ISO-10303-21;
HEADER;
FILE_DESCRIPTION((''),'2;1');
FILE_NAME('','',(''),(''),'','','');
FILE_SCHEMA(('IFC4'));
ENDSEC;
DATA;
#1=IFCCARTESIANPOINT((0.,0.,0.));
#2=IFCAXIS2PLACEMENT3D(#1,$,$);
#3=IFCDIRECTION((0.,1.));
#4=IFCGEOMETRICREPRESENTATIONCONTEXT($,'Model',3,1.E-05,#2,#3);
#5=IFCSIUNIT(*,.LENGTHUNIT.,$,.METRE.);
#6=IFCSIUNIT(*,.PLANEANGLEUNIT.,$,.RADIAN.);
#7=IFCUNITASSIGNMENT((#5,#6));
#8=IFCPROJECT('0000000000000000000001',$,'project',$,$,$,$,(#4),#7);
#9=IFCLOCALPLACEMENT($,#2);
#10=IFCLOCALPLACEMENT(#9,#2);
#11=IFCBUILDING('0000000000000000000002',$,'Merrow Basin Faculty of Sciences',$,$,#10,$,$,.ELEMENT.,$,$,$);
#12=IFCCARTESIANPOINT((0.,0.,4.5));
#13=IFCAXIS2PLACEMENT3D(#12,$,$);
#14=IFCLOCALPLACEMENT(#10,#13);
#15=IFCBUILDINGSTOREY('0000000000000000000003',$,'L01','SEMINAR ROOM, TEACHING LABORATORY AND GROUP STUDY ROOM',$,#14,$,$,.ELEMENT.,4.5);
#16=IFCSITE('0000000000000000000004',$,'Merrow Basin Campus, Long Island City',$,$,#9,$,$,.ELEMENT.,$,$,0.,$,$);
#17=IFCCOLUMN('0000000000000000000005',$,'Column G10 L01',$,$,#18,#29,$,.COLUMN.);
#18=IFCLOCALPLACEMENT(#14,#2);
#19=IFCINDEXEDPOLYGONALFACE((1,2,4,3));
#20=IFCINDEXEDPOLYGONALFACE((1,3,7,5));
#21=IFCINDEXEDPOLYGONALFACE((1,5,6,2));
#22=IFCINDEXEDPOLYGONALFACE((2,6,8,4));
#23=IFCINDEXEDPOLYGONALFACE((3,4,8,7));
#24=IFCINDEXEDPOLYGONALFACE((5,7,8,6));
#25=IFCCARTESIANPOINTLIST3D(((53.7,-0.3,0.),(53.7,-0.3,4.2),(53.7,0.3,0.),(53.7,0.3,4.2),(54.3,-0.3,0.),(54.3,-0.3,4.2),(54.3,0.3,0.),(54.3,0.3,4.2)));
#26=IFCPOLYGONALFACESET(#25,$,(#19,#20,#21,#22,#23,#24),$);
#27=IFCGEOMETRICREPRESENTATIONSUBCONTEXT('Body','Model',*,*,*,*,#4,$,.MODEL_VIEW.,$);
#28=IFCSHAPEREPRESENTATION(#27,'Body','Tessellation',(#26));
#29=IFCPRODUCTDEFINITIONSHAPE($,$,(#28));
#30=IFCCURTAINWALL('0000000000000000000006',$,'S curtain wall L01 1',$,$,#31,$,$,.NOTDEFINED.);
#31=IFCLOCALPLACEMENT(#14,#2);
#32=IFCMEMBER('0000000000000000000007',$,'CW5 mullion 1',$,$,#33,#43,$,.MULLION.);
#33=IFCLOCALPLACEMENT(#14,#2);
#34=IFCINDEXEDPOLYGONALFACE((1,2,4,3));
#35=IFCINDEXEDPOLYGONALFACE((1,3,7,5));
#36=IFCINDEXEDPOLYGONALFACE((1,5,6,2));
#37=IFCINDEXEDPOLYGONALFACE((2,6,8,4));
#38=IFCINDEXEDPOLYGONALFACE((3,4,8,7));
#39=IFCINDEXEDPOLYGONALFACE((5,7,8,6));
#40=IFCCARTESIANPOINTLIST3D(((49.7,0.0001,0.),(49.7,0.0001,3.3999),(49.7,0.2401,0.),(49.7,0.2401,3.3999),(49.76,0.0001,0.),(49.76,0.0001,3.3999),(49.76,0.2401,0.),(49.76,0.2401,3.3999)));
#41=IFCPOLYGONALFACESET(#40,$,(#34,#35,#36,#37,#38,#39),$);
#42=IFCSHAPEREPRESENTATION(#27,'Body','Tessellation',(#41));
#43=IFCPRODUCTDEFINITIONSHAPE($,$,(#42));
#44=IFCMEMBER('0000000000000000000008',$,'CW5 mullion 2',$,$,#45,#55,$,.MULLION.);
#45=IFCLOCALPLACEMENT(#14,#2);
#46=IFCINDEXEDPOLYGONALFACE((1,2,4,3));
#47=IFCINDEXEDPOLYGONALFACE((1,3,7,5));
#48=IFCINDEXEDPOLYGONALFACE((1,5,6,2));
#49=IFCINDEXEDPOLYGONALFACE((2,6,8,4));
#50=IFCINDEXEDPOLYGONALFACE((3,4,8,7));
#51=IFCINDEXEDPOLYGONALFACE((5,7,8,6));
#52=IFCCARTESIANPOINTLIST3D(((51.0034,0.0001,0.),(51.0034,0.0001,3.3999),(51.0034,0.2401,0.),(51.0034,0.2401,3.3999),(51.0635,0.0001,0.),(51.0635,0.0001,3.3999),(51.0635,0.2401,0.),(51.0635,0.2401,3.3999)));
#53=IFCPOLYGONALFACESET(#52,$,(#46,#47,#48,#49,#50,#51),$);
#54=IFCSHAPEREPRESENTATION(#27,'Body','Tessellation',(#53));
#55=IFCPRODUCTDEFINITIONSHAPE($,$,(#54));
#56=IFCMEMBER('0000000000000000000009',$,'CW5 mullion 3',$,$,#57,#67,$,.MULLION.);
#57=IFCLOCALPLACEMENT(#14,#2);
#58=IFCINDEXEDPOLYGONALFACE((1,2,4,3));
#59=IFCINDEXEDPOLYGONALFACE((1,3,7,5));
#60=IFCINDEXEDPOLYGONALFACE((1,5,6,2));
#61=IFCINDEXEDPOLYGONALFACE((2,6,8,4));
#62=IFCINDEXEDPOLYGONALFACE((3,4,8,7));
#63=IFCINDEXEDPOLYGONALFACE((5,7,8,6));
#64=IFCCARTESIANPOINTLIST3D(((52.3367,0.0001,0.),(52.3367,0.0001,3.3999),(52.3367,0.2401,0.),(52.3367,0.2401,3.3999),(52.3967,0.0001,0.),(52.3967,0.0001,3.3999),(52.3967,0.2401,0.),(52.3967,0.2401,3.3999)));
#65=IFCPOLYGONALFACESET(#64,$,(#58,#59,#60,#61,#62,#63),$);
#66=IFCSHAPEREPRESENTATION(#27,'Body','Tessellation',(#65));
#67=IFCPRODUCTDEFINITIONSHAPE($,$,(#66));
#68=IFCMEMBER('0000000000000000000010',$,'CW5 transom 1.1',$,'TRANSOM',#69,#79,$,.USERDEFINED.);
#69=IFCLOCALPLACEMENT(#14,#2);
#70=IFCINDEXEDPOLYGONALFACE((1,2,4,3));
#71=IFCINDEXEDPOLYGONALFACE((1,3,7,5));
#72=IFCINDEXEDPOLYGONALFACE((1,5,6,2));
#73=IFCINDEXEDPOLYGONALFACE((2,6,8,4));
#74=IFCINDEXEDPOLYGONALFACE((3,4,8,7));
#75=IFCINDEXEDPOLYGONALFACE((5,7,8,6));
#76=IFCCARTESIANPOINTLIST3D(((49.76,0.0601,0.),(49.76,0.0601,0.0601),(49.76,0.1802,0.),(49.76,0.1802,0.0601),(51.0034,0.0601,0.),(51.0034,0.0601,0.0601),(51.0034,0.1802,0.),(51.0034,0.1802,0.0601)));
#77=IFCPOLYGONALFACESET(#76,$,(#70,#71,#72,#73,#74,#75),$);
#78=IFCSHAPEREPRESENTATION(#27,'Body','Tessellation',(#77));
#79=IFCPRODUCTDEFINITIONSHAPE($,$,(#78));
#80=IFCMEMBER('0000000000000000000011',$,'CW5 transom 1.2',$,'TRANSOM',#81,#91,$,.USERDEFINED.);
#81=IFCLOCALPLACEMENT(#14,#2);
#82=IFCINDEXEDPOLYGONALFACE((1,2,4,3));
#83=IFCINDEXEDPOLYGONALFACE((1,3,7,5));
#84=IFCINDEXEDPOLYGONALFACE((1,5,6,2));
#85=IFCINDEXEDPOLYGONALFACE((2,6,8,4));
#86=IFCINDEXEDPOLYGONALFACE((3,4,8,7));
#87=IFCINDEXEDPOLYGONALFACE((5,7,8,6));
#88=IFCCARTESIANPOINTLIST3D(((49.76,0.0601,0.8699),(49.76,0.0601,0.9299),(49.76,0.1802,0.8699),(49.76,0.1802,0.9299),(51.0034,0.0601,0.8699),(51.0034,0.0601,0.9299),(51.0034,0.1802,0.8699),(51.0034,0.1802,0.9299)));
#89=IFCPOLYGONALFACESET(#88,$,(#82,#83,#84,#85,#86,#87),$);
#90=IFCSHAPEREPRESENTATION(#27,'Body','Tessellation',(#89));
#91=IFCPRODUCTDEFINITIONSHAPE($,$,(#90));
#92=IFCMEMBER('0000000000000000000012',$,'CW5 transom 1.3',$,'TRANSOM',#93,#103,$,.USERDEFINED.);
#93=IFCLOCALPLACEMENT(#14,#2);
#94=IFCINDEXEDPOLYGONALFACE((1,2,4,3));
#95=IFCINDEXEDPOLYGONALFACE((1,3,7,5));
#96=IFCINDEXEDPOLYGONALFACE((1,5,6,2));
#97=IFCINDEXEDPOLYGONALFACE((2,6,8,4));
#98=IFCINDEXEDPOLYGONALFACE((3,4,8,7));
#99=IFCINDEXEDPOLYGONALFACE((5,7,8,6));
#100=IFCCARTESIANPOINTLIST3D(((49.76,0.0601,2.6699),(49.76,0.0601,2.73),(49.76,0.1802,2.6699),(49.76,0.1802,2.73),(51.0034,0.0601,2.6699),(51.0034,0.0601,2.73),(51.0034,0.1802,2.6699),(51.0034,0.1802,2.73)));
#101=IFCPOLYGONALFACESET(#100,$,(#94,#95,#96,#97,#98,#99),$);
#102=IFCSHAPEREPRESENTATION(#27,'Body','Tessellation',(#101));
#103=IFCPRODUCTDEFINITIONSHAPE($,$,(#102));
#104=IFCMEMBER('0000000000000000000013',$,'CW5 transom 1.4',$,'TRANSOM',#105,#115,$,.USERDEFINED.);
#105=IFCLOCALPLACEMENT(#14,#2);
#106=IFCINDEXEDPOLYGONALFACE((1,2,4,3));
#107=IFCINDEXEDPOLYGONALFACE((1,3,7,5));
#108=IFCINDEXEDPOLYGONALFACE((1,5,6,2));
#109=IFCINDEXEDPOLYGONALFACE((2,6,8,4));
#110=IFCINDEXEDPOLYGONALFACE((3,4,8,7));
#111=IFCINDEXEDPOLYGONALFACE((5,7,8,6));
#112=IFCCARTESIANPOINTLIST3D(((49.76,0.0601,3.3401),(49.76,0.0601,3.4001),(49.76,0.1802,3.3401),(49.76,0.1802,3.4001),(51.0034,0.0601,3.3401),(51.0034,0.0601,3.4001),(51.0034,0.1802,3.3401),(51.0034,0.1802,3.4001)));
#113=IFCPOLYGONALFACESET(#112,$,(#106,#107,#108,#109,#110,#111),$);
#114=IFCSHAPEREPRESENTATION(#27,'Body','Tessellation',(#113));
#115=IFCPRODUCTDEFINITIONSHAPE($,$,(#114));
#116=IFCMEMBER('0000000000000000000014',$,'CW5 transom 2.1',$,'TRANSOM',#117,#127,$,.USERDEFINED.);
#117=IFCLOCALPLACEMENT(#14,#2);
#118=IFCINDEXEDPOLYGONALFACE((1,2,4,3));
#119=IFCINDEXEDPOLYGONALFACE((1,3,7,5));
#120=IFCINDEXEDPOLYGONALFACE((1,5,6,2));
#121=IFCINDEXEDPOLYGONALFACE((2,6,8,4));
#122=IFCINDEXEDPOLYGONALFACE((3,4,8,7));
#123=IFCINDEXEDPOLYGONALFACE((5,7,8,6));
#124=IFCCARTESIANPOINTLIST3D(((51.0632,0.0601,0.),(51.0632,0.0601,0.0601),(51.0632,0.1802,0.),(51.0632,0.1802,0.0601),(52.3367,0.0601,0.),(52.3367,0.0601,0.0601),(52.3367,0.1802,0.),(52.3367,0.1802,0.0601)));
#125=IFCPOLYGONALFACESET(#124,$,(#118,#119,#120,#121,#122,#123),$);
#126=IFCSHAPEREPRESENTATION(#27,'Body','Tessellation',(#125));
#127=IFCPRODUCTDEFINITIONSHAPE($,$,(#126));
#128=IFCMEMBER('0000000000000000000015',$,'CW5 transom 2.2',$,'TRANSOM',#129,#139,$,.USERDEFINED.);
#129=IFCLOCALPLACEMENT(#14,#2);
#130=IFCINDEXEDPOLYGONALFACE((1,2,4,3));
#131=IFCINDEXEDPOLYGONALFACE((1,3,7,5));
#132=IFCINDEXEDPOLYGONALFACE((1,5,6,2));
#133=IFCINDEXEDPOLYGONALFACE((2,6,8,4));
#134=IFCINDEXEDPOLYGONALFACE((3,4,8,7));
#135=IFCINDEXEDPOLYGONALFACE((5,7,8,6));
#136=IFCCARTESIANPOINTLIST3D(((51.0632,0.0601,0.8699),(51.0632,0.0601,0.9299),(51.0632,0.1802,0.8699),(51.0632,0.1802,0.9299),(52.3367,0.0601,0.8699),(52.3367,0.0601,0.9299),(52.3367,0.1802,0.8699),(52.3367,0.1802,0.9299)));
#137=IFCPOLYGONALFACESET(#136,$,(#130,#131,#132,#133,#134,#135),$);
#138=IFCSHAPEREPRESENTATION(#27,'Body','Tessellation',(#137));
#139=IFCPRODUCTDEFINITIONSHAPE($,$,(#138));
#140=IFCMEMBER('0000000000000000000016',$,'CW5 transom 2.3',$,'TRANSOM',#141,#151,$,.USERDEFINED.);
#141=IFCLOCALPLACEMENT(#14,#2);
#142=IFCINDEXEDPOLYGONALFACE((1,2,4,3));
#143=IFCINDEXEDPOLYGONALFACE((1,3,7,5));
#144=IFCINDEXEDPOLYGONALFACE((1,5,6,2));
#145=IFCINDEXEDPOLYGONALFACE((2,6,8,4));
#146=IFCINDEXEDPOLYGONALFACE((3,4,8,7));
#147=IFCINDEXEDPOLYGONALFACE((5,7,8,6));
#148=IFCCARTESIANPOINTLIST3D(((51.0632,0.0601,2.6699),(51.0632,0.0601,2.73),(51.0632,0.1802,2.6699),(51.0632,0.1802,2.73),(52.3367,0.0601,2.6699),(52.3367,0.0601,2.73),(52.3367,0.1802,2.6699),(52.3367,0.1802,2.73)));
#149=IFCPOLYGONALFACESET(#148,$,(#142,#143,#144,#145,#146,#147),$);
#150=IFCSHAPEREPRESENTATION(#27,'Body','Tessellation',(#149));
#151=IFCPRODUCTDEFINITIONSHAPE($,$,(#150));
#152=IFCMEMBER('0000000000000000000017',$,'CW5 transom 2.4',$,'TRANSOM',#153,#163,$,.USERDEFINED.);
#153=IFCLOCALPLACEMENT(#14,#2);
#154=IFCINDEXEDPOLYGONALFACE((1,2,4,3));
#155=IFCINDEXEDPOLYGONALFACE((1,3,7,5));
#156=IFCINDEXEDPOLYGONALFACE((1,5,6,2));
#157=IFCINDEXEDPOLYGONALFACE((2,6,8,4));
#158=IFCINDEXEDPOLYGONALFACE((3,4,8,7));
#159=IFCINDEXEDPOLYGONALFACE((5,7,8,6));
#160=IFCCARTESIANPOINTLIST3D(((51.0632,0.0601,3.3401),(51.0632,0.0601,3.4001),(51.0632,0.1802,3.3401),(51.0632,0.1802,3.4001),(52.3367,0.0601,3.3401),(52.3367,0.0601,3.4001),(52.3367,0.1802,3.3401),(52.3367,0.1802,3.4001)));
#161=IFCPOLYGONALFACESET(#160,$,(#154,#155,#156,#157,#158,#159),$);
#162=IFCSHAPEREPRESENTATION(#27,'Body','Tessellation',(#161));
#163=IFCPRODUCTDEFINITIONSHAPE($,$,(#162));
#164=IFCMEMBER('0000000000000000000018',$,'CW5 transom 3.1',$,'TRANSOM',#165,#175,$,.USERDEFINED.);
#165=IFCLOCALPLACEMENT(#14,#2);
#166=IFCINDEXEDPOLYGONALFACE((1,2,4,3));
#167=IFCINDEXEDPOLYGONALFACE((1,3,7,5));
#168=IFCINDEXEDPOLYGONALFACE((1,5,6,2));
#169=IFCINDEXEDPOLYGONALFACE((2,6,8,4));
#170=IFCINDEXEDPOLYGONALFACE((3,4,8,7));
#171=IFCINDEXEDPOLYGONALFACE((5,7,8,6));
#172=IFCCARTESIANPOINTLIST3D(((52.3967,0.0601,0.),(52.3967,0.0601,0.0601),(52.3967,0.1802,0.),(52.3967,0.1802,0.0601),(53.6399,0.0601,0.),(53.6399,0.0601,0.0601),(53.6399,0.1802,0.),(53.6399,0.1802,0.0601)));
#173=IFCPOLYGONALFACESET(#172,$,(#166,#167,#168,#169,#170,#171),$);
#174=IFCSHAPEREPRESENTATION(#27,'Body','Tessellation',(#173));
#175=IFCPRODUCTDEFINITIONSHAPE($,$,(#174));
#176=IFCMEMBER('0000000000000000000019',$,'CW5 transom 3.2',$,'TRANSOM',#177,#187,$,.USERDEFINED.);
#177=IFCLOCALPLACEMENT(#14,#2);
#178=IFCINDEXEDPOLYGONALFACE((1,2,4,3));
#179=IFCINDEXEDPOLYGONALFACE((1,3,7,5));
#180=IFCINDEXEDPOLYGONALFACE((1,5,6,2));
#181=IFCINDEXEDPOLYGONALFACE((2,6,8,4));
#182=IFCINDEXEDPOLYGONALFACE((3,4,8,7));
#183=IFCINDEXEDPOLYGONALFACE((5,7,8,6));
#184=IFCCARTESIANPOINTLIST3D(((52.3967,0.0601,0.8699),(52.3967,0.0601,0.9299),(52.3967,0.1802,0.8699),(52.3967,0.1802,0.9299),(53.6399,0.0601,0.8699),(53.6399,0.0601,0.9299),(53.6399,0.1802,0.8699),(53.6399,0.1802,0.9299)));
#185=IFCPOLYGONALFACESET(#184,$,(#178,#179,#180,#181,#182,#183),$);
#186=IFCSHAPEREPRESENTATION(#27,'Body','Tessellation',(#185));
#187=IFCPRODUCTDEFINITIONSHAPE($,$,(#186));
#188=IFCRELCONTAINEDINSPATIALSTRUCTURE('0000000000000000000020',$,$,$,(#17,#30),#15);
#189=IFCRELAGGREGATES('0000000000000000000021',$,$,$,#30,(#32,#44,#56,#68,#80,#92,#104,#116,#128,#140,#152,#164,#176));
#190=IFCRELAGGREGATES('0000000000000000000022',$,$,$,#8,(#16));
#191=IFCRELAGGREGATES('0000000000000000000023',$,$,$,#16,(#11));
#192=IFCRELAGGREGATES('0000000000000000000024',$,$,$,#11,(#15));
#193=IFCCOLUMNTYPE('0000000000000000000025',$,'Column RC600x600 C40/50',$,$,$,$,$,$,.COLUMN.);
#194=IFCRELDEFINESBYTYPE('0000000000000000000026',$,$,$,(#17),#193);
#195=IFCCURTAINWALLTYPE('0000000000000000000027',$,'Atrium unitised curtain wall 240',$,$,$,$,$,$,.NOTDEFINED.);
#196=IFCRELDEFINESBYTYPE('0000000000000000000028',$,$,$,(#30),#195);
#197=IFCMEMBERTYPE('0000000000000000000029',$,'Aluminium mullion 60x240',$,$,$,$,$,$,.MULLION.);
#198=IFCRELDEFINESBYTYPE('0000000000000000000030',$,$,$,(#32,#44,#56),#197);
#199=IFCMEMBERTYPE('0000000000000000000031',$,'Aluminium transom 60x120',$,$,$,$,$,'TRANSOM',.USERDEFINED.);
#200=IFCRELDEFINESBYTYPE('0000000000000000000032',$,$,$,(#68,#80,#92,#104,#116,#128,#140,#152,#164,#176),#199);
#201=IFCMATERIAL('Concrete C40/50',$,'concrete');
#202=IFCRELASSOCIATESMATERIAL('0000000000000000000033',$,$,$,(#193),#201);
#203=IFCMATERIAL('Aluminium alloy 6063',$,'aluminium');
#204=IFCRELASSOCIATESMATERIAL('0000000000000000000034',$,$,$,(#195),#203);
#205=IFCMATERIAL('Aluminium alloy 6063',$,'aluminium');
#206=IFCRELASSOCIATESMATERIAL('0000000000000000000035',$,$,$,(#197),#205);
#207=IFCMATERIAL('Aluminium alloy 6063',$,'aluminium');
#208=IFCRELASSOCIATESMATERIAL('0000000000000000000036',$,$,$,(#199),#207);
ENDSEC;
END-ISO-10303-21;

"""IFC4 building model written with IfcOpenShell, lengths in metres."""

from ifc_helpers import new_model, si_unit, direction, frame, origin, origin_2d, place, context, subcontext, project, spatial, rectangle, extrude, material, material_profile, profile_set, type_object, element, aggregate, save


model = new_model("IFC4")

# Units and contexts
model_context = context("Model", 3, precision=1e-05, world=origin(), true_north=direction((0.0, 1.0)))
body_context = subcontext(model_context, "Body", "Model", "MODEL_VIEW")
ifc_project = project(units=[si_unit("LENGTHUNIT", "METRE"), si_unit("PLANEANGLEUNIT", "RADIAN")], contexts=[model_context])

# Site, building, storey
site_placement = place(None, origin())
site = spatial("IfcSite", under=ifc_project, at=site_placement, Name="Merrow Basin Campus, Long Island City", CompositionType="ELEMENT", RefElevation=0.0)
building_placement = place(site_placement, origin())
building = spatial("IfcBuilding", under=site, at=building_placement, Name="Merrow Basin Faculty of Sciences", CompositionType="ELEMENT")
storey_placement = place(building_placement, frame((0.0, 0.0, 4.5)))
storey = spatial("IfcBuildingStorey", under=building, at=storey_placement, Name="L01", Description="SEMINAR ROOM, TEACHING LABORATORY AND GROUP STUDY ROOM", CompositionType="ELEMENT", Elevation=4.5)

# Column
ifc_material_1 = material(Name="Concrete C40/50", Category="concrete")
ifc_material_profile_1 = material_profile(ifc_material_1, rectangle(XDim=0.6001, YDim=0.6001, at=origin_2d()))
ifc_profile_set_1 = profile_set([ifc_material_profile_1], Name="Concrete C40/50")
column_type = type_object("IfcColumnType", Name="Column RC600x600 C40/50", PredefinedType="COLUMN", material=ifc_profile_set_1)
column_placement = place(storey_placement, frame((54.0, 0.0, 0.0), z_axis=(0.0, 0.0, 1.0), x_axis=(1.0, 0.0, 0.0)))
element("IfcColumn", 1, at=column_placement, inside=storey, type_object=column_type, Name="Column G10 L01", PredefinedType="COLUMN", context=body_context, shape_type="SweptSolid", body=[
    extrude(rectangle(XDim=0.6001, YDim=0.6001, at=origin_2d()), origin(), (0.0, 0.0, 1.0), 4.2),
])

# Curtain wall, members
ifc_material_2 = material(Name="Aluminium alloy 6063", Category="aluminium")
curtain_wall_type = type_object("IfcCurtainWallType", Name="Atrium unitised curtain wall 240", PredefinedType="NOTDEFINED", material=ifc_material_2)
curtain_wall_placement = place(storey_placement, origin())
curtain_wall = element("IfcCurtainWall", 2, at=curtain_wall_placement, inside=storey, type_object=curtain_wall_type, Name="S curtain wall L01 1", PredefinedType="NOTDEFINED")
ifc_material_3 = material(Name="Aluminium alloy 6063", Category="aluminium")
ifc_material_profile_2 = material_profile(ifc_material_3, rectangle(XDim=0.24, YDim=0.0601, at=origin_2d()))
ifc_profile_set_2 = profile_set([ifc_material_profile_2], Name="Aluminium alloy 6063")
member_type_1 = type_object("IfcMemberType", Name="Aluminium mullion 60x240", PredefinedType="MULLION", material=ifc_profile_set_2)
member_1_placement = place(storey_placement, frame((49.73, 0.1201, 0.0), z_axis=(0.0, 0.0, 1.0), x_axis=(0.0, 1.0, 0.0)))
member_1 = element("IfcMember", 3, at=member_1_placement, type_object=member_type_1, Name="CW5 mullion 1", PredefinedType="MULLION", context=body_context, shape_type="SweptSolid", body=[
    extrude(rectangle(XDim=0.24, YDim=0.0601, at=origin_2d()), origin(), (0.0, 0.0, 1.0), 3.3999),
])
member_2_placement = place(storey_placement, frame((51.0334, 0.1201, 0.0), z_axis=(0.0, 0.0, 1.0), x_axis=(0.0, 1.0, 0.0)))
member_2 = element("IfcMember", 4, at=member_2_placement, type_object=member_type_1, Name="CW5 mullion 2", PredefinedType="MULLION", context=body_context, shape_type="SweptSolid", body=[
    extrude(rectangle(XDim=0.24, YDim=0.0601, at=origin_2d()), origin(), (0.0, 0.0, 1.0), 3.3999),
])
member_3_placement = place(storey_placement, frame((52.3667, 0.1201, 0.0), z_axis=(0.0, 0.0, 1.0), x_axis=(0.0, 1.0, 0.0)))
member_3 = element("IfcMember", 5, at=member_3_placement, type_object=member_type_1, Name="CW5 mullion 3", PredefinedType="MULLION", context=body_context, shape_type="SweptSolid", body=[
    extrude(rectangle(XDim=0.24, YDim=0.0601, at=origin_2d()), origin(), (0.0, 0.0, 1.0), 3.3999),
])
ifc_material_4 = material(Name="Aluminium alloy 6063", Category="aluminium")
ifc_material_profile_3 = material_profile(ifc_material_4, rectangle(XDim=0.1201, YDim=0.0601, at=origin_2d()))
ifc_profile_set_3 = profile_set([ifc_material_profile_3], Name="Aluminium alloy 6063")
member_type_2 = type_object("IfcMemberType", Name="Aluminium transom 60x120", ElementType="TRANSOM", PredefinedType="USERDEFINED", material=ifc_profile_set_3)
member_4_placement = place(storey_placement, frame((49.76, 0.1201, 0.03), z_axis=(1.0, 0.0, 0.0), x_axis=(0.0, 1.0, 0.0)))
member_4 = element("IfcMember", 6, at=member_4_placement, type_object=member_type_2, Name="CW5 transom 1.1", ObjectType="TRANSOM", PredefinedType="USERDEFINED", context=body_context, shape_type="SweptSolid", body=[
    extrude(rectangle(XDim=0.1201, YDim=0.0601, at=origin_2d()), origin(), (0.0, 0.0, 1.0), 1.2434),
])
member_5_placement = place(storey_placement, frame((49.76, 0.1201, 0.8999), z_axis=(1.0, 0.0, 0.0), x_axis=(0.0, 1.0, 0.0)))
member_5 = element("IfcMember", 7, at=member_5_placement, type_object=member_type_2, Name="CW5 transom 1.2", ObjectType="TRANSOM", PredefinedType="USERDEFINED", context=body_context, shape_type="SweptSolid", body=[
    extrude(rectangle(XDim=0.1201, YDim=0.0601, at=origin_2d()), origin(), (0.0, 0.0, 1.0), 1.2434),
])
member_6_placement = place(storey_placement, frame((49.76, 0.1201, 2.7), z_axis=(1.0, 0.0, 0.0), x_axis=(0.0, 1.0, 0.0)))
member_6 = element("IfcMember", 8, at=member_6_placement, type_object=member_type_2, Name="CW5 transom 1.3", ObjectType="TRANSOM", PredefinedType="USERDEFINED", context=body_context, shape_type="SweptSolid", body=[
    extrude(rectangle(XDim=0.1201, YDim=0.0601, at=origin_2d()), origin(), (0.0, 0.0, 1.0), 1.2434),
])
member_7_placement = place(storey_placement, frame((49.76, 0.1201, 3.3701), z_axis=(1.0, 0.0, 0.0), x_axis=(0.0, 1.0, 0.0)))
member_7 = element("IfcMember", 9, at=member_7_placement, type_object=member_type_2, Name="CW5 transom 1.4", ObjectType="TRANSOM", PredefinedType="USERDEFINED", context=body_context, shape_type="SweptSolid", body=[
    extrude(rectangle(XDim=0.1201, YDim=0.0601, at=origin_2d()), origin(), (0.0, 0.0, 1.0), 1.2434),
])
member_8_placement = place(storey_placement, frame((51.0632, 0.1201, 0.03), z_axis=(1.0, 0.0, 0.0), x_axis=(0.0, 1.0, 0.0)))
member_8 = element("IfcMember", 10, at=member_8_placement, type_object=member_type_2, Name="CW5 transom 2.1", ObjectType="TRANSOM", PredefinedType="USERDEFINED", context=body_context, shape_type="SweptSolid", body=[
    extrude(rectangle(XDim=0.1201, YDim=0.0601, at=origin_2d()), origin(), (0.0, 0.0, 1.0), 1.2734),
])
member_9_placement = place(storey_placement, frame((51.0632, 0.1201, 0.8999), z_axis=(1.0, 0.0, 0.0), x_axis=(0.0, 1.0, 0.0)))
member_9 = element("IfcMember", 11, at=member_9_placement, type_object=member_type_2, Name="CW5 transom 2.2", ObjectType="TRANSOM", PredefinedType="USERDEFINED", context=body_context, shape_type="SweptSolid", body=[
    extrude(rectangle(XDim=0.1201, YDim=0.0601, at=origin_2d()), origin(), (0.0, 0.0, 1.0), 1.2734),
])
member_10_placement = place(storey_placement, frame((51.0632, 0.1201, 2.7), z_axis=(1.0, 0.0, 0.0), x_axis=(0.0, 1.0, 0.0)))
member_10 = element("IfcMember", 12, at=member_10_placement, type_object=member_type_2, Name="CW5 transom 2.3", ObjectType="TRANSOM", PredefinedType="USERDEFINED", context=body_context, shape_type="SweptSolid", body=[
    extrude(rectangle(XDim=0.1201, YDim=0.0601, at=origin_2d()), origin(), (0.0, 0.0, 1.0), 1.2734),
])
member_11_placement = place(storey_placement, frame((51.0632, 0.1201, 3.3701), z_axis=(1.0, 0.0, 0.0), x_axis=(0.0, 1.0, 0.0)))
member_11 = element("IfcMember", 13, at=member_11_placement, type_object=member_type_2, Name="CW5 transom 2.4", ObjectType="TRANSOM", PredefinedType="USERDEFINED", context=body_context, shape_type="SweptSolid", body=[
    extrude(rectangle(XDim=0.1201, YDim=0.0601, at=origin_2d()), origin(), (0.0, 0.0, 1.0), 1.2734),
])
member_12_placement = place(storey_placement, frame((52.3967, 0.1201, 0.03), z_axis=(1.0, 0.0, 0.0), x_axis=(0.0, 1.0, 0.0)))
member_12 = element("IfcMember", 14, at=member_12_placement, type_object=member_type_2, Name="CW5 transom 3.1", ObjectType="TRANSOM", PredefinedType="USERDEFINED", context=body_context, shape_type="SweptSolid", body=[
    extrude(rectangle(XDim=0.1201, YDim=0.0601, at=origin_2d()), origin(), (0.0, 0.0, 1.0), 1.2432),
])
member_13_placement = place(storey_placement, frame((52.3967, 0.1201, 0.8999), z_axis=(1.0, 0.0, 0.0), x_axis=(0.0, 1.0, 0.0)))
member_13 = element("IfcMember", 15, at=member_13_placement, type_object=member_type_2, Name="CW5 transom 3.2", ObjectType="TRANSOM", PredefinedType="USERDEFINED", context=body_context, shape_type="SweptSolid", body=[
    extrude(rectangle(XDim=0.1201, YDim=0.0601, at=origin_2d()), origin(), (0.0, 0.0, 1.0), 1.2432),
])

aggregate(curtain_wall, [member_1, member_2, member_3, member_4, member_5, member_6, member_7, member_8, member_9, member_10, member_11, member_12, member_13])

save(model, "model.ifc")
